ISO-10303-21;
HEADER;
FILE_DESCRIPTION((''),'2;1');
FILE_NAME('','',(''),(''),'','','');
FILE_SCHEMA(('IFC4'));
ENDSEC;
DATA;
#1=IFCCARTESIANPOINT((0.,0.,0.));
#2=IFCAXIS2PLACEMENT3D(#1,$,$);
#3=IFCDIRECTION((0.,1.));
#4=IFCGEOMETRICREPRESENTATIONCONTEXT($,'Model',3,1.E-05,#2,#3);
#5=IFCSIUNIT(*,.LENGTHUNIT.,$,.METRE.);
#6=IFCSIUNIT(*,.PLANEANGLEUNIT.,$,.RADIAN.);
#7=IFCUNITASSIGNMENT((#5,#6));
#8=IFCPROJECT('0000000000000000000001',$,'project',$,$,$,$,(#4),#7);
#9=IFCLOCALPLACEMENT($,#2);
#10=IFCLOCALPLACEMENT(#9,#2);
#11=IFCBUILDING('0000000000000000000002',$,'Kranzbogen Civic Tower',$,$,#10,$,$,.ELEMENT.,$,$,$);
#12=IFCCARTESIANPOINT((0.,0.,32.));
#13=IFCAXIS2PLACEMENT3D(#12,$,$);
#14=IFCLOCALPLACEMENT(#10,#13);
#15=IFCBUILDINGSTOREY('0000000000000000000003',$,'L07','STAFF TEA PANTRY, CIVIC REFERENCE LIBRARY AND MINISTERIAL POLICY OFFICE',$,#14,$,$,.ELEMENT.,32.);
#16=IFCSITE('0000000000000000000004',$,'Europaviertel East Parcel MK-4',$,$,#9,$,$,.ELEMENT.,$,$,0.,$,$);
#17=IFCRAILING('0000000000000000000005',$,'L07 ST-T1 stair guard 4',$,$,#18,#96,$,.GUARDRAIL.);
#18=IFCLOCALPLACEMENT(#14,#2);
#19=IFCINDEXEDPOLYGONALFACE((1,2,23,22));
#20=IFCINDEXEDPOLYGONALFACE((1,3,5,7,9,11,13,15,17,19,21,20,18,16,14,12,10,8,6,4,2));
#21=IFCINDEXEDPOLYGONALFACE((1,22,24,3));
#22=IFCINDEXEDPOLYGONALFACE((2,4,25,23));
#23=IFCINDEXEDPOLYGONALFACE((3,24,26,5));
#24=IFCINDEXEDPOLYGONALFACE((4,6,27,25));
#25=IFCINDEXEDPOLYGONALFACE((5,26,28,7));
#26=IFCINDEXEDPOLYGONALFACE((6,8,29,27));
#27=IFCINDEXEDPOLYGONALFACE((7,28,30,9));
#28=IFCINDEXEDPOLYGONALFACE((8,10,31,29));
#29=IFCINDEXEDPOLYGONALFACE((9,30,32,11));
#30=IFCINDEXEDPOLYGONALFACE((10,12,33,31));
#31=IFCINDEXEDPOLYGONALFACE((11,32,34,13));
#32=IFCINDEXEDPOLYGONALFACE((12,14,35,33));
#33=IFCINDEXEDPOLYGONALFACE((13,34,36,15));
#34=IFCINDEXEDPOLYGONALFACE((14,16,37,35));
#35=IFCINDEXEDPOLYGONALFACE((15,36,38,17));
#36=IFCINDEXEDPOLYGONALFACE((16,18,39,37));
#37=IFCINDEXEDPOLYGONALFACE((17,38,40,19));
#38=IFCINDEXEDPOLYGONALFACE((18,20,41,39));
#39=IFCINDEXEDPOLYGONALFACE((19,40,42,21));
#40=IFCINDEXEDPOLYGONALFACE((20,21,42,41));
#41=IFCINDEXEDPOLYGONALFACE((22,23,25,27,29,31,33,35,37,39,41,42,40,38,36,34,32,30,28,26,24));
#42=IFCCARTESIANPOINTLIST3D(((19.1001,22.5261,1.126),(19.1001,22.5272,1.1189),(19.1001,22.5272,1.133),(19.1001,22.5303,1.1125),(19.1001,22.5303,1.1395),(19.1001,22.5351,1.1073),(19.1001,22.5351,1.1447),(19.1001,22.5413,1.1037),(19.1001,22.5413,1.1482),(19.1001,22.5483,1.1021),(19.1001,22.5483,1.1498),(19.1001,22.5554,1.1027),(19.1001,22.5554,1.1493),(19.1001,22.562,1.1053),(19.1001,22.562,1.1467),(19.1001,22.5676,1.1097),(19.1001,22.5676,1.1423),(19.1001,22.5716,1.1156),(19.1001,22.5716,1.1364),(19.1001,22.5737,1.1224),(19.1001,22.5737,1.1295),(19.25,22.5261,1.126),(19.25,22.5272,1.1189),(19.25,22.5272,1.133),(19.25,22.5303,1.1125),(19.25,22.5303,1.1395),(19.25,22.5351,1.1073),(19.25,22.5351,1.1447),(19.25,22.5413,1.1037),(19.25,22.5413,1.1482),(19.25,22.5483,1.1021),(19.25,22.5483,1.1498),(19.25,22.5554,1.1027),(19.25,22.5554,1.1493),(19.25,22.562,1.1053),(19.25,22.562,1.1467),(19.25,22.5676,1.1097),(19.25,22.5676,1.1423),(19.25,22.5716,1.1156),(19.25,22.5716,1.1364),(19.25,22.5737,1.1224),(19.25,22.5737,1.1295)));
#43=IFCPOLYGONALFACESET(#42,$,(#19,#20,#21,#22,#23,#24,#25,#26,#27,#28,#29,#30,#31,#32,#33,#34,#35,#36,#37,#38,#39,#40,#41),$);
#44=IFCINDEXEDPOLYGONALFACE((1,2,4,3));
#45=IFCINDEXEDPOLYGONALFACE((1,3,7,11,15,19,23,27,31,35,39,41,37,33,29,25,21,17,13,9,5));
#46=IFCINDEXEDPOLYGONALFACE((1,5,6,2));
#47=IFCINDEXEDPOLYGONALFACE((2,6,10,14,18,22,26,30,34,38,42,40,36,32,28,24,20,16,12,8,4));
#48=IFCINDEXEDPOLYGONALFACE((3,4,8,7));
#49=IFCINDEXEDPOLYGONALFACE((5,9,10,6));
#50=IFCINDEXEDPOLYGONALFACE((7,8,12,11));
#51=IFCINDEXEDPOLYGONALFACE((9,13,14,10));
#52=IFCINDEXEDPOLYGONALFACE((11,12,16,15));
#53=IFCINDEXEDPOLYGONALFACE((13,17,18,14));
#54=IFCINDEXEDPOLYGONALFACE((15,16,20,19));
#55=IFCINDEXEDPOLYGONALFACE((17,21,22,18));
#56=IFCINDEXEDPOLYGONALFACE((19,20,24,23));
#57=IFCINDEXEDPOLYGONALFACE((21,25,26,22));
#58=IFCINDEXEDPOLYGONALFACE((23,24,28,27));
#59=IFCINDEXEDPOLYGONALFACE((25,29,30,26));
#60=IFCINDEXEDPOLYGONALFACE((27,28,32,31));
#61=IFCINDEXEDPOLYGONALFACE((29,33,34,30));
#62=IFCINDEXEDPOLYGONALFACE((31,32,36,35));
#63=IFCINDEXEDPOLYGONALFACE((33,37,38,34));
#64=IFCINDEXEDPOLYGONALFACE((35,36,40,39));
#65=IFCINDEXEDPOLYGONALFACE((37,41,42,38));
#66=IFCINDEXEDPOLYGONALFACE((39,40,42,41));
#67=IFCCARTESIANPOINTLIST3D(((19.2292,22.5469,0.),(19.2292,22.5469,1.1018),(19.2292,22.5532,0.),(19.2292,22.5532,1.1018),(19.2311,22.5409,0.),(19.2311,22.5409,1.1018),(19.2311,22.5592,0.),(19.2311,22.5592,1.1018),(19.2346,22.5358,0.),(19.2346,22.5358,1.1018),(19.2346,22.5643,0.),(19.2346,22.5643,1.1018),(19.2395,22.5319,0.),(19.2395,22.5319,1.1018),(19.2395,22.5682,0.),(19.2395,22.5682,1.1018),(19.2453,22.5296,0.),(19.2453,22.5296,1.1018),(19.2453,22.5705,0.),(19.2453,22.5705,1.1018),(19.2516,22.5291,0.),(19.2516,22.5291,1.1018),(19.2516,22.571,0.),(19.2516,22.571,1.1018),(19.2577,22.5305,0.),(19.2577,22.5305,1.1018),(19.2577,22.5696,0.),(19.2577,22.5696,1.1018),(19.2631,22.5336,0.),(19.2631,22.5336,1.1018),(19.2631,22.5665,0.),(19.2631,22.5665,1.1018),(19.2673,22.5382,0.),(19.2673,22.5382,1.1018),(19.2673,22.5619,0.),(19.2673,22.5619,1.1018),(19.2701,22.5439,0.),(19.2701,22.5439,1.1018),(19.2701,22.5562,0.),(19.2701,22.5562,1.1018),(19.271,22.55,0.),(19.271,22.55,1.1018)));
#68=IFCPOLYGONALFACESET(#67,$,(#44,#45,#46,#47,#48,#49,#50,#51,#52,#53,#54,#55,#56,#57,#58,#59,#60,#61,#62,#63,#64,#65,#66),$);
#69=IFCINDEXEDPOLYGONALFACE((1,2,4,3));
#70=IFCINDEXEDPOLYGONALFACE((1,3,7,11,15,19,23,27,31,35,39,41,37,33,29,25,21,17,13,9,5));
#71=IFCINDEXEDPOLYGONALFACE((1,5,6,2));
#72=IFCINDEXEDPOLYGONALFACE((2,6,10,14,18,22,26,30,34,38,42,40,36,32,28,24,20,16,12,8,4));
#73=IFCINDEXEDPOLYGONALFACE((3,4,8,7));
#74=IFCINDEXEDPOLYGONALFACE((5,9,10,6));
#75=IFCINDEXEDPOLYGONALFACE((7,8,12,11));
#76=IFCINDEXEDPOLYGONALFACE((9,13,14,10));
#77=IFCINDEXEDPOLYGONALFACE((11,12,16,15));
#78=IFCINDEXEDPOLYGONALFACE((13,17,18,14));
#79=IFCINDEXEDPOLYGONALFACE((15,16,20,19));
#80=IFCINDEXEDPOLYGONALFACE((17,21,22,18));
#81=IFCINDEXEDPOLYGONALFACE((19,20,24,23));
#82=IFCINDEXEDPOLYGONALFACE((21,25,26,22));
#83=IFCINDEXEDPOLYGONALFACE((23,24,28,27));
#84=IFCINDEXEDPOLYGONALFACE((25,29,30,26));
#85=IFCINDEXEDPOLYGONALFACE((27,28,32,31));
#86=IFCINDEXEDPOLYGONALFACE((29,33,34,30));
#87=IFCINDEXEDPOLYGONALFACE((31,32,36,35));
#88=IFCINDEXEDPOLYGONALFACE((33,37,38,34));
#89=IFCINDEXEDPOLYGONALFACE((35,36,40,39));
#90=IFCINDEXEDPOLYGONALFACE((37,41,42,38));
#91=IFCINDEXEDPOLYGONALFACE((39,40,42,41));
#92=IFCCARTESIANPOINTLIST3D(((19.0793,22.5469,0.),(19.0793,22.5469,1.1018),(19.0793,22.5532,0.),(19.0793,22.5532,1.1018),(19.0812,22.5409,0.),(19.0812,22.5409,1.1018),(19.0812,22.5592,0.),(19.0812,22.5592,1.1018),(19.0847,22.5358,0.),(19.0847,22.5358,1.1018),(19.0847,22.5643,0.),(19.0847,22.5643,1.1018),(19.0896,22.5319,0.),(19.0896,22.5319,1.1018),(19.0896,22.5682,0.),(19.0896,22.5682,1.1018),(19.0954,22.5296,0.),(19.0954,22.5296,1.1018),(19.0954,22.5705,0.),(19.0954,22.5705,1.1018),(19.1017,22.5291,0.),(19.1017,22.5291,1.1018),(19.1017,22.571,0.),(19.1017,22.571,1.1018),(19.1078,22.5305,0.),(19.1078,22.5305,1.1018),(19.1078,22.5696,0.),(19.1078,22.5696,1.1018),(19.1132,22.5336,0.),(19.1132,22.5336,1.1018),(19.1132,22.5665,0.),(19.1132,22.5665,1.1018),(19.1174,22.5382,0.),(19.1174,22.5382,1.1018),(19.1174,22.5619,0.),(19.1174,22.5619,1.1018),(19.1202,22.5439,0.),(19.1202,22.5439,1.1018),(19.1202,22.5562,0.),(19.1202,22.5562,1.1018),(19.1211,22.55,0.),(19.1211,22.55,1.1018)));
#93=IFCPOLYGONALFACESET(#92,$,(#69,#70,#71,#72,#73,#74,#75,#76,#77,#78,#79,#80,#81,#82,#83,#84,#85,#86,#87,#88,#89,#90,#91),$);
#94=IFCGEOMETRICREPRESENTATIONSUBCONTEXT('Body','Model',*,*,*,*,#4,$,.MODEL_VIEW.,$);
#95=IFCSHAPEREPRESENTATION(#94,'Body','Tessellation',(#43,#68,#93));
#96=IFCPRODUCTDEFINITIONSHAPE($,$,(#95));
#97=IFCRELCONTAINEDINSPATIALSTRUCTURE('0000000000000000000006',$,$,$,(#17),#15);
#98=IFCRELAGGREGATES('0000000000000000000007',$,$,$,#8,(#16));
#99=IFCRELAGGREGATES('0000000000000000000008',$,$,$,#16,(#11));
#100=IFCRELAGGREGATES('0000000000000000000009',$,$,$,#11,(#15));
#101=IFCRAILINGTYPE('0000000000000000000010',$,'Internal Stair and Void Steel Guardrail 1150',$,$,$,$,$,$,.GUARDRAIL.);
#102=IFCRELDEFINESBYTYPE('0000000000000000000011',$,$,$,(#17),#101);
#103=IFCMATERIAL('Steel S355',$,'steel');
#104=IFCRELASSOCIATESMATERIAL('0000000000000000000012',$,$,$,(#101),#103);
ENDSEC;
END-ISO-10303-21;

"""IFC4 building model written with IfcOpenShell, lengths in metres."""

from ifc_helpers import new_model, si_unit, direction, frame, origin, origin_2d, place, context, subcontext, project, spatial, circle, extrude, material, type_object, element, save


model = new_model("IFC4")

# Units and contexts
model_context = context("Model", 3, precision=1e-05, world=origin(), true_north=direction((0.0, 1.0)))
body_context = subcontext(model_context, "Body", "Model", "MODEL_VIEW")
ifc_project = project(units=[si_unit("LENGTHUNIT", "METRE"), si_unit("PLANEANGLEUNIT", "RADIAN")], contexts=[model_context])

# Site, building, storey
site_placement = place(None, origin())
site = spatial("IfcSite", under=ifc_project, at=site_placement, Name="Europaviertel East Parcel MK-4", CompositionType="ELEMENT", RefElevation=0.0)
building_placement = place(site_placement, origin())
building = spatial("IfcBuilding", under=site, at=building_placement, Name="Kranzbogen Civic Tower", CompositionType="ELEMENT")
storey_placement = place(building_placement, frame((0.0, 0.0, 32.0)))
storey = spatial("IfcBuildingStorey", under=building, at=storey_placement, Name="L07", Description="STAFF TEA PANTRY, CIVIC REFERENCE LIBRARY AND MINISTERIAL POLICY OFFICE", CompositionType="ELEMENT", Elevation=32.0)

# Shared definitions
ifc_material_1 = material(Name="Steel S355", Category="steel")

# Railing
railing_type_1 = type_object("IfcRailingType", Name="Internal Stair and Void Steel Guardrail 1150", PredefinedType="GUARDRAIL", material=ifc_material_1)
railing_1_placement = place(storey_placement, frame((19.25, 22.55, 0.0)))
element("IfcRailing", 1, at=railing_1_placement, inside=storey, type_object=railing_type_1, Name="L07 ST-T1 stair guard 4", PredefinedType="GUARDRAIL", context=body_context, shape_type="SweptSolid", body=[
    extrude(circle(Radius=0.0239, at=origin_2d()), frame((0.0, 0.0, 1.126), z_axis=(-1.0, 0.0, 0.0), x_axis=(0.0, -1.0, 0.0)), (0.0, 0.0, 1.0), 0.1499),
    extrude(circle(Radius=0.021, at=origin_2d()), origin(), (0.0, 0.0, 1.0), 1.1018),
    extrude(circle(Radius=0.021, at=origin_2d()), frame((-0.1499, 0.0, 0.0)), (0.0, 0.0, 1.0), 1.1018),
])

save(model, "model.ifc")
